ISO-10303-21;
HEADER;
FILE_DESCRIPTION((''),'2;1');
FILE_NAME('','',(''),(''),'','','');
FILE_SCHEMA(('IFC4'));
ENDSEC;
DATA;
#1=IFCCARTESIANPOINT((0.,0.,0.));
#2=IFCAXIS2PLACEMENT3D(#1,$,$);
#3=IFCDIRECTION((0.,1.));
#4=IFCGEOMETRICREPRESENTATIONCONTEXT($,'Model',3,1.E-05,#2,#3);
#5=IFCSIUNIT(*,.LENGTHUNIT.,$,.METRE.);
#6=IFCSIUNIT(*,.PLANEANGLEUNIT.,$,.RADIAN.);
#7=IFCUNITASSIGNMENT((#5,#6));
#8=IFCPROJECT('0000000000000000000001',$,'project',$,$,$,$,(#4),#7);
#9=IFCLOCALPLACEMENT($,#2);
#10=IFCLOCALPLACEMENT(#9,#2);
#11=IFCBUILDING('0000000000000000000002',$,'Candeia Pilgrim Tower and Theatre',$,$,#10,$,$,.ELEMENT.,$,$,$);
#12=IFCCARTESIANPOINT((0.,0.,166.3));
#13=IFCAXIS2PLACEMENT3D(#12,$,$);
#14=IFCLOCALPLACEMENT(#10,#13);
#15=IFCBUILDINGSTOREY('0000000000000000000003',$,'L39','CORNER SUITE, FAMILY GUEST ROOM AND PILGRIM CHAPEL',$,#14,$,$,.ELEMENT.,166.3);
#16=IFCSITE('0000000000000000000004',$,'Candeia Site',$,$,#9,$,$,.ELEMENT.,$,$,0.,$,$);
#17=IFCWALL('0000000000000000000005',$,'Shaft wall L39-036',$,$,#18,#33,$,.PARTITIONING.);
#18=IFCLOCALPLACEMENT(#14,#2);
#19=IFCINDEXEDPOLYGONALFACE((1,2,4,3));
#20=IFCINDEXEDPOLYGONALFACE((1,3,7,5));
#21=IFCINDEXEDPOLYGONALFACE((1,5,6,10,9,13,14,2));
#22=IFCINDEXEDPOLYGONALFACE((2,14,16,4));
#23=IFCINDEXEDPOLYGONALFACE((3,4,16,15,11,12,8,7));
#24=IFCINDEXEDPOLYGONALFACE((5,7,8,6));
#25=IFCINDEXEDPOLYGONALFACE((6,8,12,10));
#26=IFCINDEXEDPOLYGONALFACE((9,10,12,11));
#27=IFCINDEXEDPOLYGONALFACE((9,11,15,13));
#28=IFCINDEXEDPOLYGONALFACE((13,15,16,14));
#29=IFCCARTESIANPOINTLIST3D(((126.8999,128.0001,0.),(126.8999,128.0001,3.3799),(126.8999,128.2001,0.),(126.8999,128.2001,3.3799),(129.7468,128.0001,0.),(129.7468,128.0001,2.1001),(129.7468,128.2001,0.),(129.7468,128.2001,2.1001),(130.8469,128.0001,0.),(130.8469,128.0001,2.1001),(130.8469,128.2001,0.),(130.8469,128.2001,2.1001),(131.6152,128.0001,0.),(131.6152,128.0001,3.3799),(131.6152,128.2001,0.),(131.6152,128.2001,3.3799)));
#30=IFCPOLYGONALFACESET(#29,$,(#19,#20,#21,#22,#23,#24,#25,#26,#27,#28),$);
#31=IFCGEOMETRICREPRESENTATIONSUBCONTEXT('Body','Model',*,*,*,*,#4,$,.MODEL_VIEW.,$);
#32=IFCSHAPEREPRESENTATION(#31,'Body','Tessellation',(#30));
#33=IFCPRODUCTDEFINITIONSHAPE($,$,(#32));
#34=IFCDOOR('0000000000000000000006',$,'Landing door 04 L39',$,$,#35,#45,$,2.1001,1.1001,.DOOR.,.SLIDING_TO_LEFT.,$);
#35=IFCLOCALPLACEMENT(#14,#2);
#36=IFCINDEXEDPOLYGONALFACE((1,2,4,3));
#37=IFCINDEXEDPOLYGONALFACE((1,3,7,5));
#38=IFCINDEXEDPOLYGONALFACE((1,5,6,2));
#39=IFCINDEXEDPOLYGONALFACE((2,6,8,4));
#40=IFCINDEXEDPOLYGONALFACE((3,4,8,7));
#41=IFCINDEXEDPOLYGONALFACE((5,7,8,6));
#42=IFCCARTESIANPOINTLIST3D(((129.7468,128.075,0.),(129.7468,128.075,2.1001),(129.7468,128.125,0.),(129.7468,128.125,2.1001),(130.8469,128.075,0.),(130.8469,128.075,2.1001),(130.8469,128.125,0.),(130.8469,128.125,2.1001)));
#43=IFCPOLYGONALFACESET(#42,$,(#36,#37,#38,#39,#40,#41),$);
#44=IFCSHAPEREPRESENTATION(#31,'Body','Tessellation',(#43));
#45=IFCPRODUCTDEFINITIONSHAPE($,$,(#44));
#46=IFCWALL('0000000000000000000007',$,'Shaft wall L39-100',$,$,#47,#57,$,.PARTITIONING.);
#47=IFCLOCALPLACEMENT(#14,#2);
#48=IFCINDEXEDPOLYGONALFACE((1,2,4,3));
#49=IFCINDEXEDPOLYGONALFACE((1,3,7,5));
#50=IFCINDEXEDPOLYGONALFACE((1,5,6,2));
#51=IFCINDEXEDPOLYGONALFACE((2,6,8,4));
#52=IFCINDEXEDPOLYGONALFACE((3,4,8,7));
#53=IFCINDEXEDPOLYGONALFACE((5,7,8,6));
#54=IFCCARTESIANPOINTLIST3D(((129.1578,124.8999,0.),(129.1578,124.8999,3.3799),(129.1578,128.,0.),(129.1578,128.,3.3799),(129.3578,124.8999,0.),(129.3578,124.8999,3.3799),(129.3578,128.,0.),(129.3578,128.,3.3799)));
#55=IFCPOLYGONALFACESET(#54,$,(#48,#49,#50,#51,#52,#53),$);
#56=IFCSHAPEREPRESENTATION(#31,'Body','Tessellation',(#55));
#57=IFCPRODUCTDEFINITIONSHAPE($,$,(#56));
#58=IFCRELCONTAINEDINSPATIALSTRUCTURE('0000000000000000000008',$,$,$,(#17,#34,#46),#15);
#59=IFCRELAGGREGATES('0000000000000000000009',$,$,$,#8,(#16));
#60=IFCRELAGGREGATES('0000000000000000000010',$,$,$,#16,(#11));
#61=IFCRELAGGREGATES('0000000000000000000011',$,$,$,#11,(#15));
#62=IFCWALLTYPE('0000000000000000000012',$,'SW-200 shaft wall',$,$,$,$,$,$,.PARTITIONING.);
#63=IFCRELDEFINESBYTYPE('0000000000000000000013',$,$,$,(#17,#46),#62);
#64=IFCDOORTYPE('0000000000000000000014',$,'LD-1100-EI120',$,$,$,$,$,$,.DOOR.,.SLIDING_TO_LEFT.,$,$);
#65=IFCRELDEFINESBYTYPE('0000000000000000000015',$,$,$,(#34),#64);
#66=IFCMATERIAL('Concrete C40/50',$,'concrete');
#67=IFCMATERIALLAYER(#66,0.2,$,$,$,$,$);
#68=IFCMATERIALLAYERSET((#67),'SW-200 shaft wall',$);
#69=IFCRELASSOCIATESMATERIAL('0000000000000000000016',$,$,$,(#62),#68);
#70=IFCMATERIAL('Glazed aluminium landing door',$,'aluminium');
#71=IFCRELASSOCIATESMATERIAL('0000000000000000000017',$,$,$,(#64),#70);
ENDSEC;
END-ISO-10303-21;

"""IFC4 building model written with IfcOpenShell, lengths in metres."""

from ifc_helpers import new_model, si_unit, direction, frame, frame_2d, origin, place, context, subcontext, project, spatial, rectangle, extrude, material, layer, layer_set, type_object, element, fill, save


model = new_model("IFC4")

# Units and contexts
model_context = context("Model", 3, precision=1e-05, world=origin(), true_north=direction((0.0, 1.0)))
body_context = subcontext(model_context, "Body", "Model", "MODEL_VIEW")
ifc_project = project(units=[si_unit("LENGTHUNIT", "METRE"), si_unit("PLANEANGLEUNIT", "RADIAN")], contexts=[model_context])

# Site, building, storey
site_placement = place(None, origin())
site = spatial("IfcSite", under=ifc_project, at=site_placement, Name="Candeia Site", CompositionType="ELEMENT", RefElevation=0.0)
building_placement = place(site_placement, origin())
building = spatial("IfcBuilding", under=site, at=building_placement, Name="Candeia Pilgrim Tower and Theatre", CompositionType="ELEMENT")
storey_placement = place(building_placement, frame((0.0, 0.0, 166.3)))
storey = spatial("IfcBuildingStorey", under=building, at=storey_placement, Name="L39", Description="CORNER SUITE, FAMILY GUEST ROOM AND PILGRIM CHAPEL", CompositionType="ELEMENT", Elevation=166.3)

# Wall, opening, door
ifc_material_1 = material(Name="Concrete C40/50", Category="concrete")
ifc_layer_1 = layer(ifc_material_1, 0.2)
ifc_layer_set_1 = layer_set([ifc_layer_1], Name="SW-200 shaft wall")
wall_type_1 = type_object("IfcWallType", Name="SW-200 shaft wall", PredefinedType="PARTITIONING", material=ifc_layer_set_1)
ifc_material_2 = material(Name="Glazed aluminium landing door", Category="aluminium")
door_type_1 = type_object("IfcDoorType", Name="LD-1100-EI120", OperationType="SLIDING_TO_LEFT", PredefinedType="DOOR", material=ifc_material_2)
wall_1_placement = place(storey_placement, frame((126.8999, 128.1001, 0.0), z_axis=(0.0, 0.0, 1.0), x_axis=(1.0, 0.0, 0.0)))
wall_1 = element("IfcWall", 1, at=wall_1_placement, inside=storey, type_object=wall_type_1, Name="Shaft wall L39-036", PredefinedType="PARTITIONING", context=body_context, shape_type="SweptSolid", body=[
    extrude(rectangle(XDim=4.7153, YDim=0.2, at=frame_2d((2.3577, 0.0))), origin(), (0.0, 0.0, 1.0), 3.3799),
])
opening_1_placement = place(wall_1_placement, frame((2.8469, 0.0, 0.0)))
opening_1 = element("IfcOpeningElement", 2, at=opening_1_placement, cuts=wall_1, PredefinedType="OPENING", context=body_context, shape_type="SweptSolid", body=[
    extrude(rectangle(XDim=1.1001, YDim=2.1001, at=frame_2d((0.55, 1.05))), frame((0.0, 0.1099, 0.0), z_axis=(0.0, -1.0, 0.0), x_axis=(1.0, 0.0, 0.0)), (0.0, 0.0, 1.0), 0.22),
])
door_1_placement = place(opening_1_placement, origin())
door_1 = element("IfcDoor", 3, at=door_1_placement, inside=storey, type_object=door_type_1, Name="Landing door 04 L39", OperationType="SLIDING_TO_LEFT", OverallHeight=2.1001, OverallWidth=1.1001, PredefinedType="DOOR", context=body_context, shape_type="SweptSolid", body=[
    extrude(rectangle(XDim=1.1001, YDim=2.1001, at=frame_2d((0.55, 1.05))), frame((0.0, 0.0249, 0.0), z_axis=(0.0, -1.0, 0.0), x_axis=(1.0, 0.0, 0.0)), (0.0, 0.0, 1.0), 0.05),
])
fill(opening_1, door_1)

# Wall
wall_2_placement = place(storey_placement, frame((129.2578, 124.8999, 0.0), z_axis=(0.0, 0.0, 1.0), x_axis=(0.0, 1.0, 0.0)))
element("IfcWall", 4, at=wall_2_placement, inside=storey, type_object=wall_type_1, Name="Shaft wall L39-100", PredefinedType="PARTITIONING", context=body_context, shape_type="SweptSolid", body=[
    extrude(rectangle(XDim=3.1001, YDim=0.2, at=frame_2d((1.55, 0.0))), origin(), (0.0, 0.0, 1.0), 3.3799),
])

save(model, "model.ifc")
